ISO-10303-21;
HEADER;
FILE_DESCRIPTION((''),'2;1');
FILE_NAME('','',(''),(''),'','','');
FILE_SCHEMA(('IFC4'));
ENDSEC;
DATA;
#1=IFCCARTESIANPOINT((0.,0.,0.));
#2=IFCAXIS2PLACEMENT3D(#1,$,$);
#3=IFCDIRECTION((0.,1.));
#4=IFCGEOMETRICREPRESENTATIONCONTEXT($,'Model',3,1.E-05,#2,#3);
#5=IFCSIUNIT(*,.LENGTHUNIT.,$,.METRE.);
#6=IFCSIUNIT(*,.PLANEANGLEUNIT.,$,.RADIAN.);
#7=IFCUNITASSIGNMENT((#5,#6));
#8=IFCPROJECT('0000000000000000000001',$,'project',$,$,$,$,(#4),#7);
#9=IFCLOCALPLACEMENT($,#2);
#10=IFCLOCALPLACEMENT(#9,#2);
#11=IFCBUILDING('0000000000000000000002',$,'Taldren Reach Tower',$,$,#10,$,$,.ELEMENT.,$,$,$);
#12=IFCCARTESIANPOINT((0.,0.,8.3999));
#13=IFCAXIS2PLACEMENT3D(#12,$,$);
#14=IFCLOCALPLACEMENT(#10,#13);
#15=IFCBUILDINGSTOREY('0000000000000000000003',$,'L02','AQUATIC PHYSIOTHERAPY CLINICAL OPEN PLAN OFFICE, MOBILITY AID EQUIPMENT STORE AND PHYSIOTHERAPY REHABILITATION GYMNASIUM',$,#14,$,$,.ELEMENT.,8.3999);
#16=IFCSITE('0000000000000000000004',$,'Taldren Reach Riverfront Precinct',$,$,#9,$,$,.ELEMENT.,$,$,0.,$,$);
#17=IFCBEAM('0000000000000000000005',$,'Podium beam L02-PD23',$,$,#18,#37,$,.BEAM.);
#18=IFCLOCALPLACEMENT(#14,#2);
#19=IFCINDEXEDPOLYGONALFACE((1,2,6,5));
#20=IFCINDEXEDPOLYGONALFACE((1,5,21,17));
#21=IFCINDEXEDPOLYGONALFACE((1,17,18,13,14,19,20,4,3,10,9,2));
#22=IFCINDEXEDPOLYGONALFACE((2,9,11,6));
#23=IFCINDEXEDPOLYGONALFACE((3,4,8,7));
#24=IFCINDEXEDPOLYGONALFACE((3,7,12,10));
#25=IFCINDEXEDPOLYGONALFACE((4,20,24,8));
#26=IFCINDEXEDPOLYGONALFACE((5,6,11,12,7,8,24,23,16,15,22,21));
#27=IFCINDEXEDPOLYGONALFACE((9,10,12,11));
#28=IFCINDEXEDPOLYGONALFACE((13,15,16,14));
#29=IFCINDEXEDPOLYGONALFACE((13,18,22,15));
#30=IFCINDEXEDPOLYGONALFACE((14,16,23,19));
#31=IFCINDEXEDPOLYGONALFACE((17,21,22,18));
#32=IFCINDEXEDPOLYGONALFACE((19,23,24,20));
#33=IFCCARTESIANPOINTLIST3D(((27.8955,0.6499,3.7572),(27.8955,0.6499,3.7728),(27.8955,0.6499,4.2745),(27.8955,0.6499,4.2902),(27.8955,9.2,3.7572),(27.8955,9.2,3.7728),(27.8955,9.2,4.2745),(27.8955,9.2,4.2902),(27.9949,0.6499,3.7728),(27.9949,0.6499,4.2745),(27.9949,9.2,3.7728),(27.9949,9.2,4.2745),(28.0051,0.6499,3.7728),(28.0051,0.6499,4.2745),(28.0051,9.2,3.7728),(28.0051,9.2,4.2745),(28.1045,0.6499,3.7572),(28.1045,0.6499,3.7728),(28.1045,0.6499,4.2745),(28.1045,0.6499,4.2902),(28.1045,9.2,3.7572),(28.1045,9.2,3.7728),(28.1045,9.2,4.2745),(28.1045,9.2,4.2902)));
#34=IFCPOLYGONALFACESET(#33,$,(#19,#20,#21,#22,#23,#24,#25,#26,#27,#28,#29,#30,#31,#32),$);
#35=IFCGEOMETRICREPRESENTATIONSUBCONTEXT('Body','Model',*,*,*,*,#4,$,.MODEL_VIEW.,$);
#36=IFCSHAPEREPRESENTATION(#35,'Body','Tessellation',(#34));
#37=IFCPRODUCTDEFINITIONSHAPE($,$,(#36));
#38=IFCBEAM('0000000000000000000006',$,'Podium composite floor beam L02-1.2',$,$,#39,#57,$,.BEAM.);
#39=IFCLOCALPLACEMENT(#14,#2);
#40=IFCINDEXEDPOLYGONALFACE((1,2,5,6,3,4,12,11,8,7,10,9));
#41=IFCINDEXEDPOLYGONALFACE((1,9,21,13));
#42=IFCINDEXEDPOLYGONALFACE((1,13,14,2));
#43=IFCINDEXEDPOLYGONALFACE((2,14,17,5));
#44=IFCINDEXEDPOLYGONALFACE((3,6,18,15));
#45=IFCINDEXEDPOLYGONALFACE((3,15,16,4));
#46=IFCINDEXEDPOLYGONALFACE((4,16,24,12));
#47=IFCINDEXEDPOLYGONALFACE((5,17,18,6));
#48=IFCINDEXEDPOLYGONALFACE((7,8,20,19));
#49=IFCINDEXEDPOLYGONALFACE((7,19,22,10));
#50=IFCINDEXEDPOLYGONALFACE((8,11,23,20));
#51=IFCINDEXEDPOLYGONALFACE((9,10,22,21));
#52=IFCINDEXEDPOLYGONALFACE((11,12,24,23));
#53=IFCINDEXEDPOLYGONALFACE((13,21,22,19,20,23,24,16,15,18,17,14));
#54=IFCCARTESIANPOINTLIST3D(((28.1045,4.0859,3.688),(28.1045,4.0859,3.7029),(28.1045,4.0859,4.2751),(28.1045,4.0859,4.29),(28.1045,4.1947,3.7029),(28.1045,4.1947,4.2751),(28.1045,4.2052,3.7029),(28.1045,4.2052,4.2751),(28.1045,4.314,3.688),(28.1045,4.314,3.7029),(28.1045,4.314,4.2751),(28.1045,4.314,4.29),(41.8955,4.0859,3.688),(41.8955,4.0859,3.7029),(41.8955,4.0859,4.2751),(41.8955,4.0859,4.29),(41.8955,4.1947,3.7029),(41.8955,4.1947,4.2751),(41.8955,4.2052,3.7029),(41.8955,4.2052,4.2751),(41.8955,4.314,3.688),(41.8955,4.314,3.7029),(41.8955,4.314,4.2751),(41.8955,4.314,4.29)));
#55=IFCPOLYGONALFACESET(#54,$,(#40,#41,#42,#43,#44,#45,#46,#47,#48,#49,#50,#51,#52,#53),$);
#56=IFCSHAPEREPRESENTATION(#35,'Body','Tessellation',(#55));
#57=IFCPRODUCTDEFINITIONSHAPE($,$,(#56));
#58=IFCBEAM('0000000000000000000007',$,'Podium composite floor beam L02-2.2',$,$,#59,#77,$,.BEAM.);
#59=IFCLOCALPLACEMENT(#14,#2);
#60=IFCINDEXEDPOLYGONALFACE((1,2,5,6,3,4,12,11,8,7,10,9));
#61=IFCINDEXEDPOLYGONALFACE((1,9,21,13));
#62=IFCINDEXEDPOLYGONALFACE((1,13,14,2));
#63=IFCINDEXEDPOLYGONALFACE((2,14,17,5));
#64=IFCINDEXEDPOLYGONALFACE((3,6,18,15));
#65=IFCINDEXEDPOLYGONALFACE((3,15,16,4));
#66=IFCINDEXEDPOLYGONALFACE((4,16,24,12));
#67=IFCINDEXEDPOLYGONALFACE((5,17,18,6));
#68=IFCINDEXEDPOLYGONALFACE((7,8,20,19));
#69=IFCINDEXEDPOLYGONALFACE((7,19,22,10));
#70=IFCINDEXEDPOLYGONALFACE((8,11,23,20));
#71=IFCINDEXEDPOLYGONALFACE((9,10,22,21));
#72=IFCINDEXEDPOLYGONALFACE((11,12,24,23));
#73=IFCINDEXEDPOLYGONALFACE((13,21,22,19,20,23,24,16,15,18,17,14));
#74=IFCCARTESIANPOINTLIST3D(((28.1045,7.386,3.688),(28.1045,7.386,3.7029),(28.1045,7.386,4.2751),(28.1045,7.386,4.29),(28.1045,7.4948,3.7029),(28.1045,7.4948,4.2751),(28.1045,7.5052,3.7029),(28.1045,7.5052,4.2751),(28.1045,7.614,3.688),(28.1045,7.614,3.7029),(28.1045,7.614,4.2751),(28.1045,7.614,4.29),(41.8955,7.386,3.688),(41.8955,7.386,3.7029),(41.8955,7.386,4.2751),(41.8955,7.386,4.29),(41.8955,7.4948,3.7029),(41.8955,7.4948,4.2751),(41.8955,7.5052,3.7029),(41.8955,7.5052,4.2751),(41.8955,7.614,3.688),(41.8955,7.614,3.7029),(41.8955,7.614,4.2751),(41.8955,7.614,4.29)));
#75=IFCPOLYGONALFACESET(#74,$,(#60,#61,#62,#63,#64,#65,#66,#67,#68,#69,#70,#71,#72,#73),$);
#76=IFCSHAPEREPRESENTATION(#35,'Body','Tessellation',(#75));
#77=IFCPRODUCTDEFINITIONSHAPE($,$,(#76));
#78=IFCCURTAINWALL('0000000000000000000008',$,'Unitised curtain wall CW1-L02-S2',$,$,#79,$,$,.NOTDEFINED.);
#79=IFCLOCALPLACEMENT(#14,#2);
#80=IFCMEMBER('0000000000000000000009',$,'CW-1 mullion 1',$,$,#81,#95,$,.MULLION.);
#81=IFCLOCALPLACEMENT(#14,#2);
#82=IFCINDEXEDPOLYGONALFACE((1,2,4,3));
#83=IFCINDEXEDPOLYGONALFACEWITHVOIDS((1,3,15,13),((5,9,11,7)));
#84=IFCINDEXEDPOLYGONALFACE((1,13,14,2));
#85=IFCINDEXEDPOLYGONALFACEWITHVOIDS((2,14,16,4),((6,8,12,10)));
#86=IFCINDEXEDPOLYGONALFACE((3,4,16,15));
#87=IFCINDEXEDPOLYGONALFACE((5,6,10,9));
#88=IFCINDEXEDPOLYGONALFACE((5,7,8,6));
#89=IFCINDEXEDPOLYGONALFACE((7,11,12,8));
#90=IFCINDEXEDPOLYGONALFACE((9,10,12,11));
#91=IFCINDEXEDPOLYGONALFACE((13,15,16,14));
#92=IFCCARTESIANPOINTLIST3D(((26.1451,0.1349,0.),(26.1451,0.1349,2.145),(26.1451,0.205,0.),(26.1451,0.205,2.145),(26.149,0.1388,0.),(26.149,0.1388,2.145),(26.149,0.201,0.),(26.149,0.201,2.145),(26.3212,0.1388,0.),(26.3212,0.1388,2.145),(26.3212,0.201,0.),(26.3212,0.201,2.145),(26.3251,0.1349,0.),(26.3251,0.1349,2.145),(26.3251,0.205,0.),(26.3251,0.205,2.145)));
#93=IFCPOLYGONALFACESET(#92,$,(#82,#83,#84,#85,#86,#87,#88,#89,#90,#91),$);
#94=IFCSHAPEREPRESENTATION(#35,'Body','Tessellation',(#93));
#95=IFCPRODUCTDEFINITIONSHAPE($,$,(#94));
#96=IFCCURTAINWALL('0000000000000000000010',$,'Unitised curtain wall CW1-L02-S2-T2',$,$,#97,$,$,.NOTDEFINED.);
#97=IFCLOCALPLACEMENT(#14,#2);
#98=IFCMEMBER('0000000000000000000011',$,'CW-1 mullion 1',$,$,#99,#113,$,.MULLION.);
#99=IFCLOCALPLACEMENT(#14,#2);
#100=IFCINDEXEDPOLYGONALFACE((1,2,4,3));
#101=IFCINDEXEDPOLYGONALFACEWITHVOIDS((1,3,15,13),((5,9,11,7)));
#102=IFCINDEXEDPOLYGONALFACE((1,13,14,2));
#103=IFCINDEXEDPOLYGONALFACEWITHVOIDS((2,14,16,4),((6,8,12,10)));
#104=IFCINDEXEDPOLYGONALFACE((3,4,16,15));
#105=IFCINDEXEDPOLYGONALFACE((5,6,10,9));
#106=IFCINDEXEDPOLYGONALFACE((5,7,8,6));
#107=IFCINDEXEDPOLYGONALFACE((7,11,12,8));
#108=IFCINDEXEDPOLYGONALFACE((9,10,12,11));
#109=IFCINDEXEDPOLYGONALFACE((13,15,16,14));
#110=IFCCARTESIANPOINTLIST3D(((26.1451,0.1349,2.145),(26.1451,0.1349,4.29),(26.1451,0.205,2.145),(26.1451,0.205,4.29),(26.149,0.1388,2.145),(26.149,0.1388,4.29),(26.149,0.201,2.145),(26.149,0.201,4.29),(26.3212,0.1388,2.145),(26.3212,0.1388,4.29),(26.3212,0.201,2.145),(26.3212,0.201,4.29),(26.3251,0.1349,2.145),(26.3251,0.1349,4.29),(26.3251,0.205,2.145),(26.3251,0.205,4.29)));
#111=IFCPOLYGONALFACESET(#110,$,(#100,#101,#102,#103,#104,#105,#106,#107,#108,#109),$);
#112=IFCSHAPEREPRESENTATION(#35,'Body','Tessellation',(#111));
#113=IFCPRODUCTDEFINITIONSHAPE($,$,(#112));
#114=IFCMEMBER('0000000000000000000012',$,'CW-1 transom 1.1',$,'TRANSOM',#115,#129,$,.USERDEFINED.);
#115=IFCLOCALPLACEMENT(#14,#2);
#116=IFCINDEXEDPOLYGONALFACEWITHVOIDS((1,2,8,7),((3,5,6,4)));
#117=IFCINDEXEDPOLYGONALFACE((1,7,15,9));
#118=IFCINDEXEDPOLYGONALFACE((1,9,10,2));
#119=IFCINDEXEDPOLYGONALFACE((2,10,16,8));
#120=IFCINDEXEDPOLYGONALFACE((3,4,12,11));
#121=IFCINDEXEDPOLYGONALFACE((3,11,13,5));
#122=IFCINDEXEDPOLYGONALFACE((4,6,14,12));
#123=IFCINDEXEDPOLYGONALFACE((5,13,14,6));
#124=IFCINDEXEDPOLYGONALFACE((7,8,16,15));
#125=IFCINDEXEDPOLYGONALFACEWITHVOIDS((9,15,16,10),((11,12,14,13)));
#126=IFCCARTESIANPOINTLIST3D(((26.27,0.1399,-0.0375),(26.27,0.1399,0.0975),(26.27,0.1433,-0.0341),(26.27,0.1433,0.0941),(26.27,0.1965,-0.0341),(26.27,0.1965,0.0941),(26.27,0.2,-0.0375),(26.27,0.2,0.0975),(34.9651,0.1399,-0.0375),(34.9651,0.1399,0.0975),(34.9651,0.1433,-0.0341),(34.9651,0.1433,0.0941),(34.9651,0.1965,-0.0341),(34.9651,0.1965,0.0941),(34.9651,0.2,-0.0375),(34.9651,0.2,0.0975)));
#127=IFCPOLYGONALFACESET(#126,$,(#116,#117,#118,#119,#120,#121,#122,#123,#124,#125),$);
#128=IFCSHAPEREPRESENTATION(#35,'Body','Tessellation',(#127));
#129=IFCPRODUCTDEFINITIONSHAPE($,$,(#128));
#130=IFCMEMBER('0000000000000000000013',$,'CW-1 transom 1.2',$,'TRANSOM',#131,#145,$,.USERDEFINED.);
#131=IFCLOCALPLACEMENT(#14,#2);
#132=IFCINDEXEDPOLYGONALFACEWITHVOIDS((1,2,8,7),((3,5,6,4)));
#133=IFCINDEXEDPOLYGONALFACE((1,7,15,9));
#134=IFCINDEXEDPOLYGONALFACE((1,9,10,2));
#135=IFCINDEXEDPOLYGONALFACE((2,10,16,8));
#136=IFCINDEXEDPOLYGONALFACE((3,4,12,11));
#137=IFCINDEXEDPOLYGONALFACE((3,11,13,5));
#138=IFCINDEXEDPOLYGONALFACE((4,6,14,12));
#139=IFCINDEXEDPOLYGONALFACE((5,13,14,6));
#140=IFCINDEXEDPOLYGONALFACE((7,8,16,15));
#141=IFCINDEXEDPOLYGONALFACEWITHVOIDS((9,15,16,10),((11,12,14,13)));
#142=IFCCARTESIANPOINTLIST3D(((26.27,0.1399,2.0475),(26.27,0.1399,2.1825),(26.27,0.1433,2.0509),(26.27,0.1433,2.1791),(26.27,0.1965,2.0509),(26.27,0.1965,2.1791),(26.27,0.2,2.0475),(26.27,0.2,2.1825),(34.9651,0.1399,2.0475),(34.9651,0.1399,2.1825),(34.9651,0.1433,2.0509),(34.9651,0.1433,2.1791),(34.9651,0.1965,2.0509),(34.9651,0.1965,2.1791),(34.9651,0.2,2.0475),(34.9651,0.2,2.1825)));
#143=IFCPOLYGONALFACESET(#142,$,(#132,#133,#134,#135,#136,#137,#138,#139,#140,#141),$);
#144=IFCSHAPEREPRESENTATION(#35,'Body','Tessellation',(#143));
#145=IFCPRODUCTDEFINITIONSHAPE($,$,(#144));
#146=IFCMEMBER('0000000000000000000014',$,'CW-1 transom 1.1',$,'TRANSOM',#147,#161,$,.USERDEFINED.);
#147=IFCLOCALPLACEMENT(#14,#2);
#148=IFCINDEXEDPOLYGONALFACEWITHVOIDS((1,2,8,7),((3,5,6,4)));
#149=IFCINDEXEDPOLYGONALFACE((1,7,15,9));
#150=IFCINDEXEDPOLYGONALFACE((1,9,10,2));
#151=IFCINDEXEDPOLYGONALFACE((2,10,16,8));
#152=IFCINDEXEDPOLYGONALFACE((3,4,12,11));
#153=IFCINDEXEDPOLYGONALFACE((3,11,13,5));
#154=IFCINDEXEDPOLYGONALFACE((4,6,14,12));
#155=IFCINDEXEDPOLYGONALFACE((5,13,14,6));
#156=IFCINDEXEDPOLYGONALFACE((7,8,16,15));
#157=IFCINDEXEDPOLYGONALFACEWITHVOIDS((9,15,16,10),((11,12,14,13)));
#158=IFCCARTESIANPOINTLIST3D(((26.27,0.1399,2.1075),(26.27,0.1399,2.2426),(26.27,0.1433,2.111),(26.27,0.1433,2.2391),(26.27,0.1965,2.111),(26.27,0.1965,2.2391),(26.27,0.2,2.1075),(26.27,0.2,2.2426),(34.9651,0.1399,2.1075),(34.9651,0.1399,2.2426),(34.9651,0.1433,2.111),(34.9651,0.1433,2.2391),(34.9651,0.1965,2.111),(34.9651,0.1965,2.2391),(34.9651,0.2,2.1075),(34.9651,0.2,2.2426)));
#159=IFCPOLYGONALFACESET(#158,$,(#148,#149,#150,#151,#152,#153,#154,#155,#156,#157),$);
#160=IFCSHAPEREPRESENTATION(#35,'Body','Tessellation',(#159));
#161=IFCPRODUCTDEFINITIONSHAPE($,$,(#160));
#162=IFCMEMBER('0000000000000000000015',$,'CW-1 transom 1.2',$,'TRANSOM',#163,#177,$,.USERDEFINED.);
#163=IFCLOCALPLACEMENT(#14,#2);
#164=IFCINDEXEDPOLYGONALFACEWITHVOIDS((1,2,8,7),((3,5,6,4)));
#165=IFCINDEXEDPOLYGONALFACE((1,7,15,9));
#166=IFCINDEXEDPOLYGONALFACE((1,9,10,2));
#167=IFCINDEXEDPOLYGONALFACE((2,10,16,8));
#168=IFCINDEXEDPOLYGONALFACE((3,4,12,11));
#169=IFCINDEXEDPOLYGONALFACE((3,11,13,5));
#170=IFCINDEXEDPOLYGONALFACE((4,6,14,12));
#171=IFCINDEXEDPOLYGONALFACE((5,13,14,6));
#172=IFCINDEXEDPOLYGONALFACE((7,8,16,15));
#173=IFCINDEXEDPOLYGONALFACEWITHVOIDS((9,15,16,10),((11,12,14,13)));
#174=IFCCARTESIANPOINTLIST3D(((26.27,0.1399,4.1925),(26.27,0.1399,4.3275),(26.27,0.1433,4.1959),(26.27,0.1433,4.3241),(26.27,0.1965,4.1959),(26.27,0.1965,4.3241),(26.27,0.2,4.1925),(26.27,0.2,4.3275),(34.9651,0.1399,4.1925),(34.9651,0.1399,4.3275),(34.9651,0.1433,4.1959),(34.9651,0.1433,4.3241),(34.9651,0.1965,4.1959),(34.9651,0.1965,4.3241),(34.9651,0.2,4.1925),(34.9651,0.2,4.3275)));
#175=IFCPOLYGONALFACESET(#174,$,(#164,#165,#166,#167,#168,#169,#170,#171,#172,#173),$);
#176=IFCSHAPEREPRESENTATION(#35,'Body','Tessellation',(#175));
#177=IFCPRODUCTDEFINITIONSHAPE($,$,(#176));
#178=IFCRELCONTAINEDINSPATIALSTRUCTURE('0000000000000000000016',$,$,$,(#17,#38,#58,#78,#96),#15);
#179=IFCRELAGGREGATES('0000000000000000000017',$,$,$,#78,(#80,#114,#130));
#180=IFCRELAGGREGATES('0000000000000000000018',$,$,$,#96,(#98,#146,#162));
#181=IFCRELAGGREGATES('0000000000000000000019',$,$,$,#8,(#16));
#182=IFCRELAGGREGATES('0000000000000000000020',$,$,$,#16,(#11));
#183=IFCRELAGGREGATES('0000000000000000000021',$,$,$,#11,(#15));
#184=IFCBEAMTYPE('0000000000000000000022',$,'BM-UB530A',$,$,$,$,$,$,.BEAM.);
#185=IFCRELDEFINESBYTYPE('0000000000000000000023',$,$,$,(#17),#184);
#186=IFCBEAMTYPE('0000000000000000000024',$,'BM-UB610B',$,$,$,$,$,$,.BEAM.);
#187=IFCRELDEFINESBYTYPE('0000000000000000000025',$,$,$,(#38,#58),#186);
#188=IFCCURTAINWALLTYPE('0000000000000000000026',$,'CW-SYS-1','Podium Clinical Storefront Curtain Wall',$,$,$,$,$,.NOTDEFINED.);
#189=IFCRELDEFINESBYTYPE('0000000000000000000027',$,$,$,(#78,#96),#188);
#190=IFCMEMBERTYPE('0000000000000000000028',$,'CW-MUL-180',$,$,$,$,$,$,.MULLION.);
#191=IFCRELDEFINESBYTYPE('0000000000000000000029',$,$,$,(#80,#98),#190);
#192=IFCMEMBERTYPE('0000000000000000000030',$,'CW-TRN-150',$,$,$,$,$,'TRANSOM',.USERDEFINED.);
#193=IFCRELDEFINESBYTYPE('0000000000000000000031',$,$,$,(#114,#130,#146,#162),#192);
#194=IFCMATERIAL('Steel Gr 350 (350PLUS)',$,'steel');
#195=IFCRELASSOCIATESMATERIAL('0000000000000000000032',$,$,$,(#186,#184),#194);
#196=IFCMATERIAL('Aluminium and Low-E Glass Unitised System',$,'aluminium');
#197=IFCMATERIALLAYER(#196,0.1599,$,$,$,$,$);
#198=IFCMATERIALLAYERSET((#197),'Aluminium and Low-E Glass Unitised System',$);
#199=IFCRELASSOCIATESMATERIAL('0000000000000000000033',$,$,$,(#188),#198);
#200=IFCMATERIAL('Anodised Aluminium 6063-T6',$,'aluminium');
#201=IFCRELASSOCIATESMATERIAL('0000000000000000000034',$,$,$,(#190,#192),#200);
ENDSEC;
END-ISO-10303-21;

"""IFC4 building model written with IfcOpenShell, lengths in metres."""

from ifc_helpers import new_model, si_unit, direction, frame, origin, origin_2d, place, context, subcontext, project, spatial, hollow_rectangle, i_section, extrude, source, transform, mapped, material, layer, layer_set, material_profile, profile_set, type_object, element, aggregate, save


model = new_model("IFC4")

# Units and contexts
model_context = context("Model", 3, precision=1e-05, world=origin(), true_north=direction((0.0, 1.0)))
body_context = subcontext(model_context, "Body", "Model", "MODEL_VIEW")
ifc_project = project(units=[si_unit("LENGTHUNIT", "METRE"), si_unit("PLANEANGLEUNIT", "RADIAN")], contexts=[model_context])

# Site, building, storey
site_placement = place(None, origin())
site = spatial("IfcSite", under=ifc_project, at=site_placement, Name="Taldren Reach Riverfront Precinct", CompositionType="ELEMENT", RefElevation=0.0)
building_placement = place(site_placement, origin())
building = spatial("IfcBuilding", under=site, at=building_placement, Name="Taldren Reach Tower", CompositionType="ELEMENT")
storey_placement = place(building_placement, frame((0.0, 0.0, 8.3999)))
storey = spatial("IfcBuildingStorey", under=building, at=storey_placement, Name="L02", Description="AQUATIC PHYSIOTHERAPY CLINICAL OPEN PLAN OFFICE, MOBILITY AID EQUIPMENT STORE AND PHYSIOTHERAPY REHABILITATION GYMNASIUM", CompositionType="ELEMENT", Elevation=8.3999)

# Shared definitions
ifc_material_1 = material(Name="Steel Gr 350 (350PLUS)", Category="steel")

# Beams
ifc_material_profile_1 = material_profile(ifc_material_1, i_section(OverallWidth=0.228, OverallDepth=0.6021, WebThickness=0.0105, FlangeThickness=0.0149, at=origin_2d()), Name="610UB101")
ifc_profile_set_1 = profile_set([ifc_material_profile_1], Name="Steel Gr 350 (350PLUS)")
beam_type_1 = type_object("IfcBeamType", Name="BM-UB610B", PredefinedType="BEAM", material=ifc_profile_set_1)
ifc_material_profile_2 = material_profile(ifc_material_1, i_section(OverallWidth=0.209, OverallDepth=0.533, WebThickness=0.0103, FlangeThickness=0.0156, at=origin_2d()), Name="530UB92.4")
ifc_profile_set_2 = profile_set([ifc_material_profile_2], Name="Steel Gr 350 (350PLUS)")
beam_type_2 = type_object("IfcBeamType", Name="BM-UB530A", PredefinedType="BEAM", material=ifc_profile_set_2)
shared_shape_1 = source(origin(), body_context, "Body", "SweptSolid", [
    extrude(i_section(OverallWidth=0.209, OverallDepth=0.533, WebThickness=0.0103, FlangeThickness=0.0156, at=origin_2d()), origin(), (0.0, 0.0, 1.0), 8.55),
])
beam_1_placement = place(storey_placement, frame((28.0, 0.6499, 4.0237), z_axis=(0.0, 1.0, 0.0), x_axis=(-1.0, 0.0, 0.0)))
element("IfcBeam", 1, at=beam_1_placement, inside=storey, type_object=beam_type_2, Name="Podium beam L02-PD23", PredefinedType="BEAM", context=body_context, shape_type="MappedRepresentation", body=[
    mapped(shared_shape_1, transform((0.0, 0.0, 0.0), scale=1.0)),
])
shared_shape_2 = source(origin(), body_context, "Body", "SweptSolid", [
    extrude(i_section(OverallWidth=0.228, OverallDepth=0.6021, WebThickness=0.0105, FlangeThickness=0.0149, at=origin_2d()), origin(), (0.0, 0.0, 1.0), 13.791),
])
for number, where, z_axis, x_axis, name in (
    (2, (28.1045, 4.2, 3.989), (1.0, 0.0, 0.0), (0.0, 1.0, 0.0), "Podium composite floor beam L02-1.2"),
    (3, (28.1045, 7.5, 3.989), (1.0, 0.0, 0.0), (0.0, 1.0, 0.0), "Podium composite floor beam L02-2.2"),
):
    element("IfcBeam", number, at=place(storey_placement, frame(where, z_axis=z_axis, x_axis=x_axis)), inside=storey, type_object=beam_type_1, Name=name, PredefinedType="BEAM", context=body_context, shape_type="MappedRepresentation", body=[
        mapped(shared_shape_2, transform((0.0, 0.0, 0.0), scale=1.0)),
    ])

# Curtain walls, members
ifc_material_2 = material(Name="Aluminium and Low-E Glass Unitised System", Category="aluminium")
ifc_layer_1 = layer(ifc_material_2, 0.1599)
ifc_layer_set_1 = layer_set([ifc_layer_1], Name="Aluminium and Low-E Glass Unitised System")
curtain_wall_type = type_object("IfcCurtainWallType", Name="CW-SYS-1", Description="Podium Clinical Storefront Curtain Wall", PredefinedType="NOTDEFINED", material=ifc_layer_set_1)
curtain_wall_1_placement = place(storey_placement, origin())
curtain_wall_1 = element("IfcCurtainWall", 4, at=curtain_wall_1_placement, inside=storey, type_object=curtain_wall_type, Name="Unitised curtain wall CW1-L02-S2", PredefinedType="NOTDEFINED")
ifc_material_3 = material(Name="Anodised Aluminium 6063-T6", Category="aluminium")
ifc_material_profile_3 = material_profile(ifc_material_3, hollow_rectangle(XDim=0.0701, YDim=0.1799, WallThickness=0.0039, at=origin_2d()), Name="ALU-180x70x4RHS")
ifc_profile_set_3 = profile_set([ifc_material_profile_3], Name="Anodised Aluminium 6063-T6")
member_type_1 = type_object("IfcMemberType", Name="CW-MUL-180", PredefinedType="MULLION", material=ifc_profile_set_3)
shared_shape_3 = source(origin(), body_context, "Body", "SweptSolid", [
    extrude(hollow_rectangle(XDim=0.0701, YDim=0.1799, WallThickness=0.0039, at=origin_2d()), origin(), (0.0, 0.0, 1.0), 2.145),
])
member_1_placement = place(storey_placement, frame((26.2351, 0.1699, 0.0), z_axis=(0.0, 0.0, 1.0), x_axis=(0.0, 1.0, 0.0)))
member_1 = element("IfcMember", 5, at=member_1_placement, type_object=member_type_1, Name="CW-1 mullion 1", PredefinedType="MULLION", context=body_context, shape_type="MappedRepresentation", body=[
    mapped(shared_shape_3, transform((0.0, 0.0, 0.0), scale=1.0)),
])
curtain_wall_2_placement = place(storey_placement, origin())
curtain_wall_2 = element("IfcCurtainWall", 6, at=curtain_wall_2_placement, inside=storey, type_object=curtain_wall_type, Name="Unitised curtain wall CW1-L02-S2-T2", PredefinedType="NOTDEFINED")
member_2_placement = place(storey_placement, frame((26.2351, 0.1699, 2.145), z_axis=(0.0, 0.0, 1.0), x_axis=(0.0, 1.0, 0.0)))
member_2 = element("IfcMember", 7, at=member_2_placement, type_object=member_type_1, Name="CW-1 mullion 1", PredefinedType="MULLION", context=body_context, shape_type="MappedRepresentation", body=[
    mapped(shared_shape_3, transform((0.0, 0.0, 0.0), scale=1.0)),
])

# Members
ifc_material_profile_4 = material_profile(ifc_material_3, hollow_rectangle(XDim=0.0601, YDim=0.135, WallThickness=0.0034, at=origin_2d()), Name="ALU-135x60x3.5RHS")
ifc_profile_set_4 = profile_set([ifc_material_profile_4], Name="Anodised Aluminium 6063-T6")
member_type_2 = type_object("IfcMemberType", Name="CW-TRN-150", ElementType="TRANSOM", PredefinedType="USERDEFINED", material=ifc_profile_set_4)
shared_shape_4 = source(origin(), body_context, "Body", "SweptSolid", [
    extrude(hollow_rectangle(XDim=0.0601, YDim=0.135, WallThickness=0.0034, at=origin_2d()), origin(), (0.0, 0.0, 1.0), 8.6951),
])
member_3_placement = place(storey_placement, frame((26.27, 0.1699, 0.03), z_axis=(1.0, 0.0, 0.0), x_axis=(0.0, 1.0, 0.0)))
member_3 = element("IfcMember", 8, at=member_3_placement, type_object=member_type_2, Name="CW-1 transom 1.1", ObjectType="TRANSOM", PredefinedType="USERDEFINED", context=body_context, shape_type="MappedRepresentation", body=[
    mapped(shared_shape_4, transform((0.0, 0.0, 0.0), scale=1.0)),
])
member_4_placement = place(storey_placement, frame((26.27, 0.1699, 2.115), z_axis=(1.0, 0.0, 0.0), x_axis=(0.0, 1.0, 0.0)))
member_4 = element("IfcMember", 9, at=member_4_placement, type_object=member_type_2, Name="CW-1 transom 1.2", ObjectType="TRANSOM", PredefinedType="USERDEFINED", context=body_context, shape_type="MappedRepresentation", body=[
    mapped(shared_shape_4, transform((0.0, 0.0, 0.0), scale=1.0)),
])
member_5_placement = place(storey_placement, frame((26.27, 0.1699, 2.175), z_axis=(1.0, 0.0, 0.0), x_axis=(0.0, 1.0, 0.0)))
member_5 = element("IfcMember", 10, at=member_5_placement, type_object=member_type_2, Name="CW-1 transom 1.1", ObjectType="TRANSOM", PredefinedType="USERDEFINED", context=body_context, shape_type="MappedRepresentation", body=[
    mapped(shared_shape_4, transform((0.0, 0.0, 0.0), scale=1.0)),
])
member_6_placement = place(storey_placement, frame((26.27, 0.1699, 4.26), z_axis=(1.0, 0.0, 0.0), x_axis=(0.0, 1.0, 0.0)))
member_6 = element("IfcMember", 11, at=member_6_placement, type_object=member_type_2, Name="CW-1 transom 1.2", ObjectType="TRANSOM", PredefinedType="USERDEFINED", context=body_context, shape_type="MappedRepresentation", body=[
    mapped(shared_shape_4, transform((0.0, 0.0, 0.0), scale=1.0)),
])

aggregate(curtain_wall_1, [member_1, member_3, member_4])
aggregate(curtain_wall_2, [member_2, member_5, member_6])

save(model, "model.ifc")
